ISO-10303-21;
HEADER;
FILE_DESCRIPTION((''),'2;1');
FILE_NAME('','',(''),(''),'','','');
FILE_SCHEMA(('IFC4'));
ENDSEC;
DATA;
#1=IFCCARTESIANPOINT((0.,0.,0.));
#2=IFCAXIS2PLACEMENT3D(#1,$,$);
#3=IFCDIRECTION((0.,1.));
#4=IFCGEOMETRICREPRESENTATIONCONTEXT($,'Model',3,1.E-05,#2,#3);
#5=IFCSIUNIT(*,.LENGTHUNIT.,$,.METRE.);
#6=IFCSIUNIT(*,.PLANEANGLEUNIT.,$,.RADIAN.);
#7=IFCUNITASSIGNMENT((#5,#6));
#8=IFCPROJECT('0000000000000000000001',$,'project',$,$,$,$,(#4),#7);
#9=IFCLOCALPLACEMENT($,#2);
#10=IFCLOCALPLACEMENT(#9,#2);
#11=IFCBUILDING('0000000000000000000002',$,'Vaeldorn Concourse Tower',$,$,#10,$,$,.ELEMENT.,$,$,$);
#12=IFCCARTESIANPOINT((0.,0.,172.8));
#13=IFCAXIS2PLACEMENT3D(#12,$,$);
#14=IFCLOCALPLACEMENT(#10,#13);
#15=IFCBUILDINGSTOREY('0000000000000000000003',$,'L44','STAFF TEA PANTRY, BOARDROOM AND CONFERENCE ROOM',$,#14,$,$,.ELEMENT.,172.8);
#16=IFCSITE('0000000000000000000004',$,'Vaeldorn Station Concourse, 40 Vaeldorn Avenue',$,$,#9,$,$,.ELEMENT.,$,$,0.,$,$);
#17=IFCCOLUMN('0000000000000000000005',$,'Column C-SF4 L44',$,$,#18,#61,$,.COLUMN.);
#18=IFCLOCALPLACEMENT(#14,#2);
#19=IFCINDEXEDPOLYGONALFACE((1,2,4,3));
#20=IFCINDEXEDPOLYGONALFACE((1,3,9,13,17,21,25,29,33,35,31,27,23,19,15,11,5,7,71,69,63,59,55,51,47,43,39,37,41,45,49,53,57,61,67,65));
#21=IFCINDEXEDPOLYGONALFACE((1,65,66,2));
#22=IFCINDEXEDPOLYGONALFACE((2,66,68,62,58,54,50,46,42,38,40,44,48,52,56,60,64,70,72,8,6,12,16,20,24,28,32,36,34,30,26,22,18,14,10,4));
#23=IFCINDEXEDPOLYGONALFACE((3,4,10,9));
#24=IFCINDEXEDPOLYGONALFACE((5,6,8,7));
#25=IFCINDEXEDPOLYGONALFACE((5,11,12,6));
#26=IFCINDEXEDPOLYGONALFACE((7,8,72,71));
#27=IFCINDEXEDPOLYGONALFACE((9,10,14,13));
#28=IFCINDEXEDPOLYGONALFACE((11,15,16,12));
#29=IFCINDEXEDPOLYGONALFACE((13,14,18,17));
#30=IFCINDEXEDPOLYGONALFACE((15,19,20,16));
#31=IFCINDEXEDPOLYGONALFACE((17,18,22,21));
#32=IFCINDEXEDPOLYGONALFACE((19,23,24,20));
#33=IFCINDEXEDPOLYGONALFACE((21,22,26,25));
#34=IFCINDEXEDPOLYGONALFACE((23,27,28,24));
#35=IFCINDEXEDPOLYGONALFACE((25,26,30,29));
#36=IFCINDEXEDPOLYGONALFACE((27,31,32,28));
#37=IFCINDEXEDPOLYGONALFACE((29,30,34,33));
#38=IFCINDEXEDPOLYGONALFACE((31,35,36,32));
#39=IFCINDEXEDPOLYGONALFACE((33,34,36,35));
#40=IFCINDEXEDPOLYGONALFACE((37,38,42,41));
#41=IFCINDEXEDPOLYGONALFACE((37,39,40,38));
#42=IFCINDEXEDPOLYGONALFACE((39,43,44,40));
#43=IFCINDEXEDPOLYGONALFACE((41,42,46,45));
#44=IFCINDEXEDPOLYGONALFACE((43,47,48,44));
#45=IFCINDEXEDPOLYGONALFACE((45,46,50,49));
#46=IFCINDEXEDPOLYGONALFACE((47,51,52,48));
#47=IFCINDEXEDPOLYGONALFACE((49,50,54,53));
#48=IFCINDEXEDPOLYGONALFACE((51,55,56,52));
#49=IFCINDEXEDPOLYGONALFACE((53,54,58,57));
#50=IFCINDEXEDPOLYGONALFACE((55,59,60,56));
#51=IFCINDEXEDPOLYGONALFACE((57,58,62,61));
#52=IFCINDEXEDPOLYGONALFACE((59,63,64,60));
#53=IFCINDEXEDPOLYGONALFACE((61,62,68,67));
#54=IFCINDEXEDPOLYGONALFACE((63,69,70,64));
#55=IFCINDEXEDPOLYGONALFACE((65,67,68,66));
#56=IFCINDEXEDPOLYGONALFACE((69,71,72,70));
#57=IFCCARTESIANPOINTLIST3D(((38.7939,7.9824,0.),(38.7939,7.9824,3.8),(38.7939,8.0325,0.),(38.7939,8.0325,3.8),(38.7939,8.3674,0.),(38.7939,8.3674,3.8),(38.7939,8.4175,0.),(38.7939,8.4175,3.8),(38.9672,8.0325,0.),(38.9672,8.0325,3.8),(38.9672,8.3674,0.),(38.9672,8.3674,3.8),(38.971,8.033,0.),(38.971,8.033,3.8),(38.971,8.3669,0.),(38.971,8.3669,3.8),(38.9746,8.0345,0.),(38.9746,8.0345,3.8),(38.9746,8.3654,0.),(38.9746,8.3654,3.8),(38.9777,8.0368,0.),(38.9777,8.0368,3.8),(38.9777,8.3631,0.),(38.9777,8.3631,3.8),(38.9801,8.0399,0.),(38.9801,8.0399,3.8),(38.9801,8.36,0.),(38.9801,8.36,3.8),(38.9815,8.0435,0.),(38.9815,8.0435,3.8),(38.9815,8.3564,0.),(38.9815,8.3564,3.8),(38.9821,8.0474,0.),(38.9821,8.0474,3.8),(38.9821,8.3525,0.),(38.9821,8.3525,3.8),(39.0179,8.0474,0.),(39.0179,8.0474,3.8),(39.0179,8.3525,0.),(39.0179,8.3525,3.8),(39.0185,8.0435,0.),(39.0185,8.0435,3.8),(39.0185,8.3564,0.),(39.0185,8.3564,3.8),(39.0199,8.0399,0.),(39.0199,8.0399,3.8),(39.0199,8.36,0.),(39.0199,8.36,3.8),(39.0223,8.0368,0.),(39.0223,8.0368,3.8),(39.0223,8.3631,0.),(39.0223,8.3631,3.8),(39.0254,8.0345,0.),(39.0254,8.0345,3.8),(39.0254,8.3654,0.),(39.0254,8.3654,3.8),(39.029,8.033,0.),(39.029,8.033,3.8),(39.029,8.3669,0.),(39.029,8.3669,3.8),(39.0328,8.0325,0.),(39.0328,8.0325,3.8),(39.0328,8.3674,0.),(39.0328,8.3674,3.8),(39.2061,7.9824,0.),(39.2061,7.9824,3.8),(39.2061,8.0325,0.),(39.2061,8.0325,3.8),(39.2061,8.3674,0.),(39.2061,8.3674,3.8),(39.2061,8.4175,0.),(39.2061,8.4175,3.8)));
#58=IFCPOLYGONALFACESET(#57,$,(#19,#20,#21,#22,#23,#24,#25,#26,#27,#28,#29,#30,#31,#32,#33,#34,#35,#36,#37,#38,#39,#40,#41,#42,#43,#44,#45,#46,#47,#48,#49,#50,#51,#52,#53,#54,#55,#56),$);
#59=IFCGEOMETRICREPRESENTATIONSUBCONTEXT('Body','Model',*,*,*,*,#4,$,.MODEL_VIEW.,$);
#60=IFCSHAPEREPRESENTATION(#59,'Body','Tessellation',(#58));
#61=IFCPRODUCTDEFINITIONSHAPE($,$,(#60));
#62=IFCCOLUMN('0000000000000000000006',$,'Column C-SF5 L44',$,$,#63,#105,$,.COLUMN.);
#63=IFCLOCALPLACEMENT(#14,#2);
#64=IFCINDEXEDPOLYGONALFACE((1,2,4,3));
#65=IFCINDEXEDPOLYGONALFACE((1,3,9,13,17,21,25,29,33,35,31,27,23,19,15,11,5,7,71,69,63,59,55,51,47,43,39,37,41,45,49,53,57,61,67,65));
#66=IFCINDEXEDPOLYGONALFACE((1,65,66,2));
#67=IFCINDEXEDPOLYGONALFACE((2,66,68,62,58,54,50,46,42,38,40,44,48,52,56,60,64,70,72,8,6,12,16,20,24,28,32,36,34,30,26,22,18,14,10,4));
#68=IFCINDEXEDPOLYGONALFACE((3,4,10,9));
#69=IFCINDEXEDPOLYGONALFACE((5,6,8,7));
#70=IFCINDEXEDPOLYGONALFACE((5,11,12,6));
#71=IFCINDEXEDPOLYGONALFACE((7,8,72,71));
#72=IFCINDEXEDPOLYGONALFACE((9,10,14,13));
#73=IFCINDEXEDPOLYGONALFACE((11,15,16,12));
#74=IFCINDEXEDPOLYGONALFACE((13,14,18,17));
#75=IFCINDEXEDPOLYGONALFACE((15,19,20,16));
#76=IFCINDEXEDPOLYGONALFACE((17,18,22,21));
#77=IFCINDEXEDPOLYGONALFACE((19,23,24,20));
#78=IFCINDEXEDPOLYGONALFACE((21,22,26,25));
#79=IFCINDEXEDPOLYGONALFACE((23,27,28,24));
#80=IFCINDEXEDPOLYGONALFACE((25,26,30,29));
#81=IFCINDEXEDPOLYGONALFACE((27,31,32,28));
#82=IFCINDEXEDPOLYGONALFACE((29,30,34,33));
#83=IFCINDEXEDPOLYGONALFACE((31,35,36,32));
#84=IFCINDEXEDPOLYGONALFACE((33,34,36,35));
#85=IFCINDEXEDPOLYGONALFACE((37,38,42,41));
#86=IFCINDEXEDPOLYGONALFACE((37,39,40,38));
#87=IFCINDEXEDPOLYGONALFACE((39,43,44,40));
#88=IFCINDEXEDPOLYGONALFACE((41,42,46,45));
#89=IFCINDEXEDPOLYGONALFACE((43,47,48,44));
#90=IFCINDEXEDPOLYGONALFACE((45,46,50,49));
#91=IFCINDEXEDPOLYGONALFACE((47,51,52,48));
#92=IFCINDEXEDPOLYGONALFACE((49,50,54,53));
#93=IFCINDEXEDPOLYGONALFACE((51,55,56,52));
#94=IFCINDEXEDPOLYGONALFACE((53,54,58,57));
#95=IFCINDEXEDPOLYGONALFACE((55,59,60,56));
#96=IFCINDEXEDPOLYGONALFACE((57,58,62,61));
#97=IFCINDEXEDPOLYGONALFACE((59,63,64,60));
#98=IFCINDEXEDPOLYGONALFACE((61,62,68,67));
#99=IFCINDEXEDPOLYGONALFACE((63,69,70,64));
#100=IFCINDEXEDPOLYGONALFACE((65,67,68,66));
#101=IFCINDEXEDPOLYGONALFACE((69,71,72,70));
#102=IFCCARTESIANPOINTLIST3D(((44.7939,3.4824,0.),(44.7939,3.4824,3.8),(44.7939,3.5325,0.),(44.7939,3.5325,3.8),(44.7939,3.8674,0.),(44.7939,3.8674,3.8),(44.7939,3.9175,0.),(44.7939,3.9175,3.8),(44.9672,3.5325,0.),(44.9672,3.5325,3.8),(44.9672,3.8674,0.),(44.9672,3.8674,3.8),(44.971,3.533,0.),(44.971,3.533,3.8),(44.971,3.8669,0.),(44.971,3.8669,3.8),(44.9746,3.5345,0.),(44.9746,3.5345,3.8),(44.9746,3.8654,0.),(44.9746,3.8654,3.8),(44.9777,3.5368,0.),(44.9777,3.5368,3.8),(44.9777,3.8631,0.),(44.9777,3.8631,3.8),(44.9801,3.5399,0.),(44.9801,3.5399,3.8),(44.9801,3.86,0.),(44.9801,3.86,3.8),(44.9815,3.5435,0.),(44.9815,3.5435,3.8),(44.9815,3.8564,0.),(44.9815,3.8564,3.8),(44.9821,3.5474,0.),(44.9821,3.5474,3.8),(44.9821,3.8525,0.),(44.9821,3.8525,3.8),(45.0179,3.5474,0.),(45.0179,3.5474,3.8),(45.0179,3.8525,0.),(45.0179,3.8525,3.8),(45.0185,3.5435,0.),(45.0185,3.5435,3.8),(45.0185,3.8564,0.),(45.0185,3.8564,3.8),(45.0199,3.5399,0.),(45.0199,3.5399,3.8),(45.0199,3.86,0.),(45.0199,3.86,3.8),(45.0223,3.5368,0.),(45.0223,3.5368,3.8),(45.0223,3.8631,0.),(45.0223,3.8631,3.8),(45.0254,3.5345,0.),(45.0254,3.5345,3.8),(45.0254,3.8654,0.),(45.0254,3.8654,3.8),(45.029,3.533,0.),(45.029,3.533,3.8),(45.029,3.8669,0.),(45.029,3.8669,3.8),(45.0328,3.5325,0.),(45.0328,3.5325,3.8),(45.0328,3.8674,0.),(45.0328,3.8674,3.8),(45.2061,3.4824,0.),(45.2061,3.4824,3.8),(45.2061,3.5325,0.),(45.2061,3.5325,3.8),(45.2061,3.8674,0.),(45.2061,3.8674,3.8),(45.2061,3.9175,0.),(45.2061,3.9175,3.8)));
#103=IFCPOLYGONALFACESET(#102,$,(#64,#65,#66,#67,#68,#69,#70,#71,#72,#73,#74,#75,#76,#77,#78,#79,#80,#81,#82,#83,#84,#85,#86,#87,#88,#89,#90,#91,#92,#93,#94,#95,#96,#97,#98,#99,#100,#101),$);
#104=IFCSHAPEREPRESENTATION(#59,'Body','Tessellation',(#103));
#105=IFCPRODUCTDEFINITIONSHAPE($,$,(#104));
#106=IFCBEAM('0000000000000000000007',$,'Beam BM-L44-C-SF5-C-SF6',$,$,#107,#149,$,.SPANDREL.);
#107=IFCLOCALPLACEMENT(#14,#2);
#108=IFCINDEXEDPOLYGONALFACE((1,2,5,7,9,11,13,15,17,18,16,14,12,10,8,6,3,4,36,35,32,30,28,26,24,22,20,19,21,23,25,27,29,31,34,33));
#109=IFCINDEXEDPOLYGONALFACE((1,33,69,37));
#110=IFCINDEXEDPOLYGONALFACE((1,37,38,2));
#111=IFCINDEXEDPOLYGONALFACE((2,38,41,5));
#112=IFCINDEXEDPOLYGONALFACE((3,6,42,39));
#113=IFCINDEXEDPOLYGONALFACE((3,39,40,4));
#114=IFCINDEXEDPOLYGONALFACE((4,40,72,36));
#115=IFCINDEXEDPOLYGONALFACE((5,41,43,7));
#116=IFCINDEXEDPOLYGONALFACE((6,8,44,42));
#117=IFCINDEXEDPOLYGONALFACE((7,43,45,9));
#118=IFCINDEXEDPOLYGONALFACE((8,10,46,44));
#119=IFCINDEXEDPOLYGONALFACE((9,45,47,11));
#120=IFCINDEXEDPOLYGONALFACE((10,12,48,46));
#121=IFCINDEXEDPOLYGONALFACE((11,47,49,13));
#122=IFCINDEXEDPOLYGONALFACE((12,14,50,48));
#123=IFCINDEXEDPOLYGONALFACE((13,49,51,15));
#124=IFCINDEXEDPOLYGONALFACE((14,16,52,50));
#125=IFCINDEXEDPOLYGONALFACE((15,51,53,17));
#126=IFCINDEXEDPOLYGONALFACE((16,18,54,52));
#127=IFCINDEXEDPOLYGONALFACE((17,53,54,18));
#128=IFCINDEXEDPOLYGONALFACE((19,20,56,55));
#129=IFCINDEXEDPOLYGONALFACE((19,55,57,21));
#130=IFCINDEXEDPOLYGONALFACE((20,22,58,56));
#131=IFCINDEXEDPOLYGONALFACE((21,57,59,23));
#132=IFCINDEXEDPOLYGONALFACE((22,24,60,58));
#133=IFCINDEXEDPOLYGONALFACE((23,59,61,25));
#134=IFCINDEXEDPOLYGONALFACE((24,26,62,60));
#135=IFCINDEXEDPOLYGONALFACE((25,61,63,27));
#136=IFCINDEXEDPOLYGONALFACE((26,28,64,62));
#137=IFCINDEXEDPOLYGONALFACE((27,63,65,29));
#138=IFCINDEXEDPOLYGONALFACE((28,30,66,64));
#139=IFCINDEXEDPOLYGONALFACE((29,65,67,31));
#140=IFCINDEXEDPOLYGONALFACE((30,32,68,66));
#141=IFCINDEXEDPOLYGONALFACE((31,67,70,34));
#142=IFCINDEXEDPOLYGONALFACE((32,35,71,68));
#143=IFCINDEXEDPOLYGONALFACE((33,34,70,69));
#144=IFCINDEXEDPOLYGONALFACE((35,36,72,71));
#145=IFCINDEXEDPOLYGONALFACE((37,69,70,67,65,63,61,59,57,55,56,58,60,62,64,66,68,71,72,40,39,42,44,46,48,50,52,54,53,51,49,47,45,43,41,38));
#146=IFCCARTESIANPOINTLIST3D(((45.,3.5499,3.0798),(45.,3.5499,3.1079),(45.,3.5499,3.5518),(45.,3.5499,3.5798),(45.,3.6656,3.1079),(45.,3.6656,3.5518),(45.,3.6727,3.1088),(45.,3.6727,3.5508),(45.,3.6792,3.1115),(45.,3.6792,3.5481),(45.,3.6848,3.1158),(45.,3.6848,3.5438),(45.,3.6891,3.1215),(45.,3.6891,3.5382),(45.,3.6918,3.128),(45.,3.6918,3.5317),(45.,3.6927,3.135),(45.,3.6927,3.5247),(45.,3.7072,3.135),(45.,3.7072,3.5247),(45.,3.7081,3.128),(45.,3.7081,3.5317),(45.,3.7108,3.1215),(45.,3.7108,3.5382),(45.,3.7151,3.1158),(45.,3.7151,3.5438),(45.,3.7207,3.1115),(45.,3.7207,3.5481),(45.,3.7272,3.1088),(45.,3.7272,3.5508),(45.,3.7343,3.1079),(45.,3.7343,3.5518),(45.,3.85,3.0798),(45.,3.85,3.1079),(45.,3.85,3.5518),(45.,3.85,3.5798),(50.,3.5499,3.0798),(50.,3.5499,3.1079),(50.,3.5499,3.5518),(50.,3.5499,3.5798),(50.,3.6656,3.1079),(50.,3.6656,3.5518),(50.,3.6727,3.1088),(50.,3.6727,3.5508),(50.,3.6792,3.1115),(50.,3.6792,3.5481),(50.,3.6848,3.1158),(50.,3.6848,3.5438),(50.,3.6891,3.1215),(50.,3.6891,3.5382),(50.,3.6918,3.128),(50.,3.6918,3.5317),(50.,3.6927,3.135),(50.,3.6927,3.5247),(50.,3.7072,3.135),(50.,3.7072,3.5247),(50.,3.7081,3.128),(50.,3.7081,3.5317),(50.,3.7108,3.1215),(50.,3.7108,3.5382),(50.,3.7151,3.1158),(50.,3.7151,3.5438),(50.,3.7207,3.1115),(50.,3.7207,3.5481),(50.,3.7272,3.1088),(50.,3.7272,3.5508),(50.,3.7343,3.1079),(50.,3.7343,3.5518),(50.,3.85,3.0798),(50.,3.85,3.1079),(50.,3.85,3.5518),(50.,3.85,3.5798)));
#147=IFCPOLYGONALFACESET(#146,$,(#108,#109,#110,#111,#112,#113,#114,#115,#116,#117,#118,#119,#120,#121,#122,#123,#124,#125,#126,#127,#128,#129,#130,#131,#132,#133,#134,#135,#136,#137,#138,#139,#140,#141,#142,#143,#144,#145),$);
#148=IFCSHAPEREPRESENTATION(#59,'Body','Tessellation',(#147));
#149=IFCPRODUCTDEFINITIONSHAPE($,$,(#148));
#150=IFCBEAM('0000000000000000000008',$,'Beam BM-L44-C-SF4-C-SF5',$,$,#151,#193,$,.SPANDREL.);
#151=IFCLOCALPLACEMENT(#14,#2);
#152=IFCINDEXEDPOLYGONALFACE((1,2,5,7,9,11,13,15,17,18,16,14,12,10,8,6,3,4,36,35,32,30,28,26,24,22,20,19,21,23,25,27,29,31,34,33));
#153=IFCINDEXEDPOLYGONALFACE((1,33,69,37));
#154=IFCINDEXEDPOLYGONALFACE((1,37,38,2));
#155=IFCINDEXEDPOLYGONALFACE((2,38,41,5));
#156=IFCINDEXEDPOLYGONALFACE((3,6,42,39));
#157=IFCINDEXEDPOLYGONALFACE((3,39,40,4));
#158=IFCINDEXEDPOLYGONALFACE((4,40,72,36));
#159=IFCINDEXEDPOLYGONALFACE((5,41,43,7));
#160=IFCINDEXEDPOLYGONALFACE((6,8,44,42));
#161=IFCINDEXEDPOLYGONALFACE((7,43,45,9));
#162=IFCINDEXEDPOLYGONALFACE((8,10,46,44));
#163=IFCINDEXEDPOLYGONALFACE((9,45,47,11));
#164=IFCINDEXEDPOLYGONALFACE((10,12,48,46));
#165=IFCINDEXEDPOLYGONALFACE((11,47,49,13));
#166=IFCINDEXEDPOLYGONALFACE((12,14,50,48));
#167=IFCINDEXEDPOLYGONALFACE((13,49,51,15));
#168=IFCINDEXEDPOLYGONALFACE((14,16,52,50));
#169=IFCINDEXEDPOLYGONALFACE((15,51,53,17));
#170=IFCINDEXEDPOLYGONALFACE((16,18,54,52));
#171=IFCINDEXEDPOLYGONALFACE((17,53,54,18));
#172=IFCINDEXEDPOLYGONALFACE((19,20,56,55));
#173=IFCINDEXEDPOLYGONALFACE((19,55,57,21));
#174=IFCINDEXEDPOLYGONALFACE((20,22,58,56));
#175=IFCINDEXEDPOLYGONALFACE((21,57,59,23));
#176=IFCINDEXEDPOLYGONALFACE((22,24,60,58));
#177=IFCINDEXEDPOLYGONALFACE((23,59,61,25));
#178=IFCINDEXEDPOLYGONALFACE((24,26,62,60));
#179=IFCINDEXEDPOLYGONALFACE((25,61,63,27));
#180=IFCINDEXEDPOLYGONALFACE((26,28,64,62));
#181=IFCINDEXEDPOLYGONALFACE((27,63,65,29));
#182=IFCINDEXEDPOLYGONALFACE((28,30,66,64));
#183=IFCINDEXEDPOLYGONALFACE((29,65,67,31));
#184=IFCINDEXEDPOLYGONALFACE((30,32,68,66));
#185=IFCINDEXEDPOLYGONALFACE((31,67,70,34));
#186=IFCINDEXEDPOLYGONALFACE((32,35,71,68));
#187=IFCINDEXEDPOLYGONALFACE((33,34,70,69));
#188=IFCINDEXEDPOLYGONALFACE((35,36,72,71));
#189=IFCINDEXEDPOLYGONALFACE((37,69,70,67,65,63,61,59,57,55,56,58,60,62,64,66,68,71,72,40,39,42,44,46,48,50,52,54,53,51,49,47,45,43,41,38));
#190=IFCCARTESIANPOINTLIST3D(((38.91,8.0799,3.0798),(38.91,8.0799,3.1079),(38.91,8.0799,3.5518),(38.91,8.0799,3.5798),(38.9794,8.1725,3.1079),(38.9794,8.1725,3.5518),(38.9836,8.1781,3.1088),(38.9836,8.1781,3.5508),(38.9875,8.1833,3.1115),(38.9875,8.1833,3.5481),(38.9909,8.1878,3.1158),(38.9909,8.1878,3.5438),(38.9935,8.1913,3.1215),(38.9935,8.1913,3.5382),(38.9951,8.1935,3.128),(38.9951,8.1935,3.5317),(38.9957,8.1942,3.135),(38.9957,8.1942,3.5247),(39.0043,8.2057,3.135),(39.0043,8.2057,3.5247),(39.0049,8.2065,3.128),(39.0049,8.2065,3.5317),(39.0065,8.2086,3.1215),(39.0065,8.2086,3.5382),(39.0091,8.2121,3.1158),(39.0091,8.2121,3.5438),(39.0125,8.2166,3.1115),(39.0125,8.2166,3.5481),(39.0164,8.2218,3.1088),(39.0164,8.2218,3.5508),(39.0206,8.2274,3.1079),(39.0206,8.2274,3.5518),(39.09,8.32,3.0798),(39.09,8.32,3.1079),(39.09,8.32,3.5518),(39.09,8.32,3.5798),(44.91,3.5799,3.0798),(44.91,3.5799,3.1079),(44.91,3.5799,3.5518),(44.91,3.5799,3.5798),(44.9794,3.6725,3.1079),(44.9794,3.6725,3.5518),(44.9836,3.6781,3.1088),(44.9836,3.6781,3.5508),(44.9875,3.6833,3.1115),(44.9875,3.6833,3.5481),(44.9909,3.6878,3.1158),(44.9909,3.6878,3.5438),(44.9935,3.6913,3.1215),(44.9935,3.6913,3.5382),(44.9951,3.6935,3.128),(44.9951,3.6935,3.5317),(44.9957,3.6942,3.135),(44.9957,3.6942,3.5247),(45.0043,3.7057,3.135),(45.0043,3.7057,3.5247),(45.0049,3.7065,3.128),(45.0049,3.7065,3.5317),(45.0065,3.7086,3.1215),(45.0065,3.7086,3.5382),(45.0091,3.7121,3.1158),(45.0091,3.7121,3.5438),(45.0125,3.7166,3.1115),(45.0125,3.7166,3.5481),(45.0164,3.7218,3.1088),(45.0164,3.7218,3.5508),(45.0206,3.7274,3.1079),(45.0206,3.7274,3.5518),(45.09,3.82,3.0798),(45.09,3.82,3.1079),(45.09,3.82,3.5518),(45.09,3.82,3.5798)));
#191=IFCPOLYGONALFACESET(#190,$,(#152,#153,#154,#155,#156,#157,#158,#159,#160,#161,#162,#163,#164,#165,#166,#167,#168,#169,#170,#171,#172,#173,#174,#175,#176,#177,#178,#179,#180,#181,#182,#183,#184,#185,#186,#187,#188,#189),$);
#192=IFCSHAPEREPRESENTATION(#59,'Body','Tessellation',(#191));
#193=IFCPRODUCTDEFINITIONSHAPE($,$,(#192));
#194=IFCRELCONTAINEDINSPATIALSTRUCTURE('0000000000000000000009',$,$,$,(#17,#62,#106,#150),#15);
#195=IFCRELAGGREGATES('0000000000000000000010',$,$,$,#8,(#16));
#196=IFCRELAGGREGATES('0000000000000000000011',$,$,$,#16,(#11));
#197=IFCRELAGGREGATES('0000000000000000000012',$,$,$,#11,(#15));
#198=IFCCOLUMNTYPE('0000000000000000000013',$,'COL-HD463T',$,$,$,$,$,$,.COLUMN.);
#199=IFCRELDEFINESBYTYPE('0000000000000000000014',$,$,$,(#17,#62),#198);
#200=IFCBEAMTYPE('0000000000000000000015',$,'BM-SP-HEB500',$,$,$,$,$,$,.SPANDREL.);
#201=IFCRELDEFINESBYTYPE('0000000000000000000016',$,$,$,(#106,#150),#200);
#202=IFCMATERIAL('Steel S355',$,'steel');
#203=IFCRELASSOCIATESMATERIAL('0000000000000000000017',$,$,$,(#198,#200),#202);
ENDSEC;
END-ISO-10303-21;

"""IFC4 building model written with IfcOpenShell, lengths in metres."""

from ifc_helpers import new_model, si_unit, direction, frame, origin, origin_2d, place, context, subcontext, project, spatial, i_section, extrude, source, transform, mapped, material, material_profile, profile_set, type_object, element, save


model = new_model("IFC4")

# Units and contexts
model_context = context("Model", 3, precision=1e-05, world=origin(), true_north=direction((0.0, 1.0)))
body_context = subcontext(model_context, "Body", "Model", "MODEL_VIEW")
ifc_project = project(units=[si_unit("LENGTHUNIT", "METRE"), si_unit("PLANEANGLEUNIT", "RADIAN")], contexts=[model_context])

# Site, building, storey
site_placement = place(None, origin())
site = spatial("IfcSite", under=ifc_project, at=site_placement, Name="Vaeldorn Station Concourse, 40 Vaeldorn Avenue", CompositionType="ELEMENT", RefElevation=0.0)
building_placement = place(site_placement, origin())
building = spatial("IfcBuilding", under=site, at=building_placement, Name="Vaeldorn Concourse Tower", CompositionType="ELEMENT")
storey_placement = place(building_placement, frame((0.0, 0.0, 172.8)))
storey = spatial("IfcBuildingStorey", under=building, at=storey_placement, Name="L44", Description="STAFF TEA PANTRY, BOARDROOM AND CONFERENCE ROOM", CompositionType="ELEMENT", Elevation=172.8)

# Columns
ifc_material_1 = material(Name="Steel S355", Category="steel")
ifc_material_profile_1 = material_profile(ifc_material_1, i_section(OverallWidth=0.4121, OverallDepth=0.4351, WebThickness=0.0359, FlangeThickness=0.05, FilletRadius=0.0149, at=origin_2d()), Name="HD 400x463")
ifc_profile_set_1 = profile_set([ifc_material_profile_1], Name="Steel S355")
column_type = type_object("IfcColumnType", Name="COL-HD463T", PredefinedType="COLUMN", material=ifc_profile_set_1)
shared_shape_1 = source(origin(), body_context, "Body", "SweptSolid", [
    extrude(i_section(OverallWidth=0.4121, OverallDepth=0.4351, WebThickness=0.0359, FlangeThickness=0.05, FilletRadius=0.0149, at=origin_2d()), origin(), (0.0, 0.0, 1.0), 3.8),
])
for number, where, z_axis, x_axis, name in (
    (1, (39.0, 8.2, 0.0), (0.0, 0.0, 1.0), (1.0, 0.0, 0.0), "Column C-SF4 L44"),
    (2, (45.0, 3.7, 0.0), (0.0, 0.0, 1.0), (1.0, 0.0, 0.0), "Column C-SF5 L44"),
):
    element("IfcColumn", number, at=place(storey_placement, frame(where, z_axis=z_axis, x_axis=x_axis)), inside=storey, type_object=column_type, Name=name, PredefinedType="COLUMN", context=body_context, shape_type="MappedRepresentation", body=[
        mapped(shared_shape_1, transform((0.0, 0.0, 0.0), scale=1.0)),
    ])

# Beams
ifc_material_profile_2 = material_profile(ifc_material_1, i_section(OverallWidth=0.3, OverallDepth=0.5, WebThickness=0.0144, FlangeThickness=0.0281, FilletRadius=0.0271, at=origin_2d()), Name="HEB 500")
ifc_profile_set_2 = profile_set([ifc_material_profile_2], Name="Steel S355")
beam_type_1 = type_object("IfcBeamType", Name="BM-SP-HEB500", PredefinedType="SPANDREL", material=ifc_profile_set_2)
shared_shape_2 = source(origin(), body_context, "Body", "SweptSolid", [
    extrude(i_section(OverallWidth=0.3, OverallDepth=0.5, WebThickness=0.0144, FlangeThickness=0.0281, FilletRadius=0.0271, at=origin_2d()), origin(), (0.0, 0.0, 1.0), 5.0),
])
beam_1_placement = place(storey_placement, frame((45.0, 3.7, 3.3298), z_axis=(1.0, 0.0, 0.0), x_axis=(0.0, 1.0, 0.0)))
element("IfcBeam", 3, at=beam_1_placement, inside=storey, type_object=beam_type_1, Name="Beam BM-L44-C-SF5-C-SF6", PredefinedType="SPANDREL", context=body_context, shape_type="MappedRepresentation", body=[
    mapped(shared_shape_2, transform((0.0, 0.0, 0.0), scale=1.0)),
])
shared_shape_3 = source(origin(), body_context, "Body", "SweptSolid", [
    extrude(i_section(OverallWidth=0.3, OverallDepth=0.5, WebThickness=0.0144, FlangeThickness=0.0281, FilletRadius=0.0271, at=origin_2d()), origin(), (0.0, 0.0, 1.0), 7.5),
])
beam_2_placement = place(storey_placement, frame((39.0, 8.2, 3.3298), z_axis=(0.8, -0.6, 0.0), x_axis=(0.6, 0.8, 0.0)))
element("IfcBeam", 4, at=beam_2_placement, inside=storey, type_object=beam_type_1, Name="Beam BM-L44-C-SF4-C-SF5", PredefinedType="SPANDREL", context=body_context, shape_type="MappedRepresentation", body=[
    mapped(shared_shape_3, transform((0.0, 0.0, 0.0), scale=1.0)),
])

save(model, "model.ifc")
